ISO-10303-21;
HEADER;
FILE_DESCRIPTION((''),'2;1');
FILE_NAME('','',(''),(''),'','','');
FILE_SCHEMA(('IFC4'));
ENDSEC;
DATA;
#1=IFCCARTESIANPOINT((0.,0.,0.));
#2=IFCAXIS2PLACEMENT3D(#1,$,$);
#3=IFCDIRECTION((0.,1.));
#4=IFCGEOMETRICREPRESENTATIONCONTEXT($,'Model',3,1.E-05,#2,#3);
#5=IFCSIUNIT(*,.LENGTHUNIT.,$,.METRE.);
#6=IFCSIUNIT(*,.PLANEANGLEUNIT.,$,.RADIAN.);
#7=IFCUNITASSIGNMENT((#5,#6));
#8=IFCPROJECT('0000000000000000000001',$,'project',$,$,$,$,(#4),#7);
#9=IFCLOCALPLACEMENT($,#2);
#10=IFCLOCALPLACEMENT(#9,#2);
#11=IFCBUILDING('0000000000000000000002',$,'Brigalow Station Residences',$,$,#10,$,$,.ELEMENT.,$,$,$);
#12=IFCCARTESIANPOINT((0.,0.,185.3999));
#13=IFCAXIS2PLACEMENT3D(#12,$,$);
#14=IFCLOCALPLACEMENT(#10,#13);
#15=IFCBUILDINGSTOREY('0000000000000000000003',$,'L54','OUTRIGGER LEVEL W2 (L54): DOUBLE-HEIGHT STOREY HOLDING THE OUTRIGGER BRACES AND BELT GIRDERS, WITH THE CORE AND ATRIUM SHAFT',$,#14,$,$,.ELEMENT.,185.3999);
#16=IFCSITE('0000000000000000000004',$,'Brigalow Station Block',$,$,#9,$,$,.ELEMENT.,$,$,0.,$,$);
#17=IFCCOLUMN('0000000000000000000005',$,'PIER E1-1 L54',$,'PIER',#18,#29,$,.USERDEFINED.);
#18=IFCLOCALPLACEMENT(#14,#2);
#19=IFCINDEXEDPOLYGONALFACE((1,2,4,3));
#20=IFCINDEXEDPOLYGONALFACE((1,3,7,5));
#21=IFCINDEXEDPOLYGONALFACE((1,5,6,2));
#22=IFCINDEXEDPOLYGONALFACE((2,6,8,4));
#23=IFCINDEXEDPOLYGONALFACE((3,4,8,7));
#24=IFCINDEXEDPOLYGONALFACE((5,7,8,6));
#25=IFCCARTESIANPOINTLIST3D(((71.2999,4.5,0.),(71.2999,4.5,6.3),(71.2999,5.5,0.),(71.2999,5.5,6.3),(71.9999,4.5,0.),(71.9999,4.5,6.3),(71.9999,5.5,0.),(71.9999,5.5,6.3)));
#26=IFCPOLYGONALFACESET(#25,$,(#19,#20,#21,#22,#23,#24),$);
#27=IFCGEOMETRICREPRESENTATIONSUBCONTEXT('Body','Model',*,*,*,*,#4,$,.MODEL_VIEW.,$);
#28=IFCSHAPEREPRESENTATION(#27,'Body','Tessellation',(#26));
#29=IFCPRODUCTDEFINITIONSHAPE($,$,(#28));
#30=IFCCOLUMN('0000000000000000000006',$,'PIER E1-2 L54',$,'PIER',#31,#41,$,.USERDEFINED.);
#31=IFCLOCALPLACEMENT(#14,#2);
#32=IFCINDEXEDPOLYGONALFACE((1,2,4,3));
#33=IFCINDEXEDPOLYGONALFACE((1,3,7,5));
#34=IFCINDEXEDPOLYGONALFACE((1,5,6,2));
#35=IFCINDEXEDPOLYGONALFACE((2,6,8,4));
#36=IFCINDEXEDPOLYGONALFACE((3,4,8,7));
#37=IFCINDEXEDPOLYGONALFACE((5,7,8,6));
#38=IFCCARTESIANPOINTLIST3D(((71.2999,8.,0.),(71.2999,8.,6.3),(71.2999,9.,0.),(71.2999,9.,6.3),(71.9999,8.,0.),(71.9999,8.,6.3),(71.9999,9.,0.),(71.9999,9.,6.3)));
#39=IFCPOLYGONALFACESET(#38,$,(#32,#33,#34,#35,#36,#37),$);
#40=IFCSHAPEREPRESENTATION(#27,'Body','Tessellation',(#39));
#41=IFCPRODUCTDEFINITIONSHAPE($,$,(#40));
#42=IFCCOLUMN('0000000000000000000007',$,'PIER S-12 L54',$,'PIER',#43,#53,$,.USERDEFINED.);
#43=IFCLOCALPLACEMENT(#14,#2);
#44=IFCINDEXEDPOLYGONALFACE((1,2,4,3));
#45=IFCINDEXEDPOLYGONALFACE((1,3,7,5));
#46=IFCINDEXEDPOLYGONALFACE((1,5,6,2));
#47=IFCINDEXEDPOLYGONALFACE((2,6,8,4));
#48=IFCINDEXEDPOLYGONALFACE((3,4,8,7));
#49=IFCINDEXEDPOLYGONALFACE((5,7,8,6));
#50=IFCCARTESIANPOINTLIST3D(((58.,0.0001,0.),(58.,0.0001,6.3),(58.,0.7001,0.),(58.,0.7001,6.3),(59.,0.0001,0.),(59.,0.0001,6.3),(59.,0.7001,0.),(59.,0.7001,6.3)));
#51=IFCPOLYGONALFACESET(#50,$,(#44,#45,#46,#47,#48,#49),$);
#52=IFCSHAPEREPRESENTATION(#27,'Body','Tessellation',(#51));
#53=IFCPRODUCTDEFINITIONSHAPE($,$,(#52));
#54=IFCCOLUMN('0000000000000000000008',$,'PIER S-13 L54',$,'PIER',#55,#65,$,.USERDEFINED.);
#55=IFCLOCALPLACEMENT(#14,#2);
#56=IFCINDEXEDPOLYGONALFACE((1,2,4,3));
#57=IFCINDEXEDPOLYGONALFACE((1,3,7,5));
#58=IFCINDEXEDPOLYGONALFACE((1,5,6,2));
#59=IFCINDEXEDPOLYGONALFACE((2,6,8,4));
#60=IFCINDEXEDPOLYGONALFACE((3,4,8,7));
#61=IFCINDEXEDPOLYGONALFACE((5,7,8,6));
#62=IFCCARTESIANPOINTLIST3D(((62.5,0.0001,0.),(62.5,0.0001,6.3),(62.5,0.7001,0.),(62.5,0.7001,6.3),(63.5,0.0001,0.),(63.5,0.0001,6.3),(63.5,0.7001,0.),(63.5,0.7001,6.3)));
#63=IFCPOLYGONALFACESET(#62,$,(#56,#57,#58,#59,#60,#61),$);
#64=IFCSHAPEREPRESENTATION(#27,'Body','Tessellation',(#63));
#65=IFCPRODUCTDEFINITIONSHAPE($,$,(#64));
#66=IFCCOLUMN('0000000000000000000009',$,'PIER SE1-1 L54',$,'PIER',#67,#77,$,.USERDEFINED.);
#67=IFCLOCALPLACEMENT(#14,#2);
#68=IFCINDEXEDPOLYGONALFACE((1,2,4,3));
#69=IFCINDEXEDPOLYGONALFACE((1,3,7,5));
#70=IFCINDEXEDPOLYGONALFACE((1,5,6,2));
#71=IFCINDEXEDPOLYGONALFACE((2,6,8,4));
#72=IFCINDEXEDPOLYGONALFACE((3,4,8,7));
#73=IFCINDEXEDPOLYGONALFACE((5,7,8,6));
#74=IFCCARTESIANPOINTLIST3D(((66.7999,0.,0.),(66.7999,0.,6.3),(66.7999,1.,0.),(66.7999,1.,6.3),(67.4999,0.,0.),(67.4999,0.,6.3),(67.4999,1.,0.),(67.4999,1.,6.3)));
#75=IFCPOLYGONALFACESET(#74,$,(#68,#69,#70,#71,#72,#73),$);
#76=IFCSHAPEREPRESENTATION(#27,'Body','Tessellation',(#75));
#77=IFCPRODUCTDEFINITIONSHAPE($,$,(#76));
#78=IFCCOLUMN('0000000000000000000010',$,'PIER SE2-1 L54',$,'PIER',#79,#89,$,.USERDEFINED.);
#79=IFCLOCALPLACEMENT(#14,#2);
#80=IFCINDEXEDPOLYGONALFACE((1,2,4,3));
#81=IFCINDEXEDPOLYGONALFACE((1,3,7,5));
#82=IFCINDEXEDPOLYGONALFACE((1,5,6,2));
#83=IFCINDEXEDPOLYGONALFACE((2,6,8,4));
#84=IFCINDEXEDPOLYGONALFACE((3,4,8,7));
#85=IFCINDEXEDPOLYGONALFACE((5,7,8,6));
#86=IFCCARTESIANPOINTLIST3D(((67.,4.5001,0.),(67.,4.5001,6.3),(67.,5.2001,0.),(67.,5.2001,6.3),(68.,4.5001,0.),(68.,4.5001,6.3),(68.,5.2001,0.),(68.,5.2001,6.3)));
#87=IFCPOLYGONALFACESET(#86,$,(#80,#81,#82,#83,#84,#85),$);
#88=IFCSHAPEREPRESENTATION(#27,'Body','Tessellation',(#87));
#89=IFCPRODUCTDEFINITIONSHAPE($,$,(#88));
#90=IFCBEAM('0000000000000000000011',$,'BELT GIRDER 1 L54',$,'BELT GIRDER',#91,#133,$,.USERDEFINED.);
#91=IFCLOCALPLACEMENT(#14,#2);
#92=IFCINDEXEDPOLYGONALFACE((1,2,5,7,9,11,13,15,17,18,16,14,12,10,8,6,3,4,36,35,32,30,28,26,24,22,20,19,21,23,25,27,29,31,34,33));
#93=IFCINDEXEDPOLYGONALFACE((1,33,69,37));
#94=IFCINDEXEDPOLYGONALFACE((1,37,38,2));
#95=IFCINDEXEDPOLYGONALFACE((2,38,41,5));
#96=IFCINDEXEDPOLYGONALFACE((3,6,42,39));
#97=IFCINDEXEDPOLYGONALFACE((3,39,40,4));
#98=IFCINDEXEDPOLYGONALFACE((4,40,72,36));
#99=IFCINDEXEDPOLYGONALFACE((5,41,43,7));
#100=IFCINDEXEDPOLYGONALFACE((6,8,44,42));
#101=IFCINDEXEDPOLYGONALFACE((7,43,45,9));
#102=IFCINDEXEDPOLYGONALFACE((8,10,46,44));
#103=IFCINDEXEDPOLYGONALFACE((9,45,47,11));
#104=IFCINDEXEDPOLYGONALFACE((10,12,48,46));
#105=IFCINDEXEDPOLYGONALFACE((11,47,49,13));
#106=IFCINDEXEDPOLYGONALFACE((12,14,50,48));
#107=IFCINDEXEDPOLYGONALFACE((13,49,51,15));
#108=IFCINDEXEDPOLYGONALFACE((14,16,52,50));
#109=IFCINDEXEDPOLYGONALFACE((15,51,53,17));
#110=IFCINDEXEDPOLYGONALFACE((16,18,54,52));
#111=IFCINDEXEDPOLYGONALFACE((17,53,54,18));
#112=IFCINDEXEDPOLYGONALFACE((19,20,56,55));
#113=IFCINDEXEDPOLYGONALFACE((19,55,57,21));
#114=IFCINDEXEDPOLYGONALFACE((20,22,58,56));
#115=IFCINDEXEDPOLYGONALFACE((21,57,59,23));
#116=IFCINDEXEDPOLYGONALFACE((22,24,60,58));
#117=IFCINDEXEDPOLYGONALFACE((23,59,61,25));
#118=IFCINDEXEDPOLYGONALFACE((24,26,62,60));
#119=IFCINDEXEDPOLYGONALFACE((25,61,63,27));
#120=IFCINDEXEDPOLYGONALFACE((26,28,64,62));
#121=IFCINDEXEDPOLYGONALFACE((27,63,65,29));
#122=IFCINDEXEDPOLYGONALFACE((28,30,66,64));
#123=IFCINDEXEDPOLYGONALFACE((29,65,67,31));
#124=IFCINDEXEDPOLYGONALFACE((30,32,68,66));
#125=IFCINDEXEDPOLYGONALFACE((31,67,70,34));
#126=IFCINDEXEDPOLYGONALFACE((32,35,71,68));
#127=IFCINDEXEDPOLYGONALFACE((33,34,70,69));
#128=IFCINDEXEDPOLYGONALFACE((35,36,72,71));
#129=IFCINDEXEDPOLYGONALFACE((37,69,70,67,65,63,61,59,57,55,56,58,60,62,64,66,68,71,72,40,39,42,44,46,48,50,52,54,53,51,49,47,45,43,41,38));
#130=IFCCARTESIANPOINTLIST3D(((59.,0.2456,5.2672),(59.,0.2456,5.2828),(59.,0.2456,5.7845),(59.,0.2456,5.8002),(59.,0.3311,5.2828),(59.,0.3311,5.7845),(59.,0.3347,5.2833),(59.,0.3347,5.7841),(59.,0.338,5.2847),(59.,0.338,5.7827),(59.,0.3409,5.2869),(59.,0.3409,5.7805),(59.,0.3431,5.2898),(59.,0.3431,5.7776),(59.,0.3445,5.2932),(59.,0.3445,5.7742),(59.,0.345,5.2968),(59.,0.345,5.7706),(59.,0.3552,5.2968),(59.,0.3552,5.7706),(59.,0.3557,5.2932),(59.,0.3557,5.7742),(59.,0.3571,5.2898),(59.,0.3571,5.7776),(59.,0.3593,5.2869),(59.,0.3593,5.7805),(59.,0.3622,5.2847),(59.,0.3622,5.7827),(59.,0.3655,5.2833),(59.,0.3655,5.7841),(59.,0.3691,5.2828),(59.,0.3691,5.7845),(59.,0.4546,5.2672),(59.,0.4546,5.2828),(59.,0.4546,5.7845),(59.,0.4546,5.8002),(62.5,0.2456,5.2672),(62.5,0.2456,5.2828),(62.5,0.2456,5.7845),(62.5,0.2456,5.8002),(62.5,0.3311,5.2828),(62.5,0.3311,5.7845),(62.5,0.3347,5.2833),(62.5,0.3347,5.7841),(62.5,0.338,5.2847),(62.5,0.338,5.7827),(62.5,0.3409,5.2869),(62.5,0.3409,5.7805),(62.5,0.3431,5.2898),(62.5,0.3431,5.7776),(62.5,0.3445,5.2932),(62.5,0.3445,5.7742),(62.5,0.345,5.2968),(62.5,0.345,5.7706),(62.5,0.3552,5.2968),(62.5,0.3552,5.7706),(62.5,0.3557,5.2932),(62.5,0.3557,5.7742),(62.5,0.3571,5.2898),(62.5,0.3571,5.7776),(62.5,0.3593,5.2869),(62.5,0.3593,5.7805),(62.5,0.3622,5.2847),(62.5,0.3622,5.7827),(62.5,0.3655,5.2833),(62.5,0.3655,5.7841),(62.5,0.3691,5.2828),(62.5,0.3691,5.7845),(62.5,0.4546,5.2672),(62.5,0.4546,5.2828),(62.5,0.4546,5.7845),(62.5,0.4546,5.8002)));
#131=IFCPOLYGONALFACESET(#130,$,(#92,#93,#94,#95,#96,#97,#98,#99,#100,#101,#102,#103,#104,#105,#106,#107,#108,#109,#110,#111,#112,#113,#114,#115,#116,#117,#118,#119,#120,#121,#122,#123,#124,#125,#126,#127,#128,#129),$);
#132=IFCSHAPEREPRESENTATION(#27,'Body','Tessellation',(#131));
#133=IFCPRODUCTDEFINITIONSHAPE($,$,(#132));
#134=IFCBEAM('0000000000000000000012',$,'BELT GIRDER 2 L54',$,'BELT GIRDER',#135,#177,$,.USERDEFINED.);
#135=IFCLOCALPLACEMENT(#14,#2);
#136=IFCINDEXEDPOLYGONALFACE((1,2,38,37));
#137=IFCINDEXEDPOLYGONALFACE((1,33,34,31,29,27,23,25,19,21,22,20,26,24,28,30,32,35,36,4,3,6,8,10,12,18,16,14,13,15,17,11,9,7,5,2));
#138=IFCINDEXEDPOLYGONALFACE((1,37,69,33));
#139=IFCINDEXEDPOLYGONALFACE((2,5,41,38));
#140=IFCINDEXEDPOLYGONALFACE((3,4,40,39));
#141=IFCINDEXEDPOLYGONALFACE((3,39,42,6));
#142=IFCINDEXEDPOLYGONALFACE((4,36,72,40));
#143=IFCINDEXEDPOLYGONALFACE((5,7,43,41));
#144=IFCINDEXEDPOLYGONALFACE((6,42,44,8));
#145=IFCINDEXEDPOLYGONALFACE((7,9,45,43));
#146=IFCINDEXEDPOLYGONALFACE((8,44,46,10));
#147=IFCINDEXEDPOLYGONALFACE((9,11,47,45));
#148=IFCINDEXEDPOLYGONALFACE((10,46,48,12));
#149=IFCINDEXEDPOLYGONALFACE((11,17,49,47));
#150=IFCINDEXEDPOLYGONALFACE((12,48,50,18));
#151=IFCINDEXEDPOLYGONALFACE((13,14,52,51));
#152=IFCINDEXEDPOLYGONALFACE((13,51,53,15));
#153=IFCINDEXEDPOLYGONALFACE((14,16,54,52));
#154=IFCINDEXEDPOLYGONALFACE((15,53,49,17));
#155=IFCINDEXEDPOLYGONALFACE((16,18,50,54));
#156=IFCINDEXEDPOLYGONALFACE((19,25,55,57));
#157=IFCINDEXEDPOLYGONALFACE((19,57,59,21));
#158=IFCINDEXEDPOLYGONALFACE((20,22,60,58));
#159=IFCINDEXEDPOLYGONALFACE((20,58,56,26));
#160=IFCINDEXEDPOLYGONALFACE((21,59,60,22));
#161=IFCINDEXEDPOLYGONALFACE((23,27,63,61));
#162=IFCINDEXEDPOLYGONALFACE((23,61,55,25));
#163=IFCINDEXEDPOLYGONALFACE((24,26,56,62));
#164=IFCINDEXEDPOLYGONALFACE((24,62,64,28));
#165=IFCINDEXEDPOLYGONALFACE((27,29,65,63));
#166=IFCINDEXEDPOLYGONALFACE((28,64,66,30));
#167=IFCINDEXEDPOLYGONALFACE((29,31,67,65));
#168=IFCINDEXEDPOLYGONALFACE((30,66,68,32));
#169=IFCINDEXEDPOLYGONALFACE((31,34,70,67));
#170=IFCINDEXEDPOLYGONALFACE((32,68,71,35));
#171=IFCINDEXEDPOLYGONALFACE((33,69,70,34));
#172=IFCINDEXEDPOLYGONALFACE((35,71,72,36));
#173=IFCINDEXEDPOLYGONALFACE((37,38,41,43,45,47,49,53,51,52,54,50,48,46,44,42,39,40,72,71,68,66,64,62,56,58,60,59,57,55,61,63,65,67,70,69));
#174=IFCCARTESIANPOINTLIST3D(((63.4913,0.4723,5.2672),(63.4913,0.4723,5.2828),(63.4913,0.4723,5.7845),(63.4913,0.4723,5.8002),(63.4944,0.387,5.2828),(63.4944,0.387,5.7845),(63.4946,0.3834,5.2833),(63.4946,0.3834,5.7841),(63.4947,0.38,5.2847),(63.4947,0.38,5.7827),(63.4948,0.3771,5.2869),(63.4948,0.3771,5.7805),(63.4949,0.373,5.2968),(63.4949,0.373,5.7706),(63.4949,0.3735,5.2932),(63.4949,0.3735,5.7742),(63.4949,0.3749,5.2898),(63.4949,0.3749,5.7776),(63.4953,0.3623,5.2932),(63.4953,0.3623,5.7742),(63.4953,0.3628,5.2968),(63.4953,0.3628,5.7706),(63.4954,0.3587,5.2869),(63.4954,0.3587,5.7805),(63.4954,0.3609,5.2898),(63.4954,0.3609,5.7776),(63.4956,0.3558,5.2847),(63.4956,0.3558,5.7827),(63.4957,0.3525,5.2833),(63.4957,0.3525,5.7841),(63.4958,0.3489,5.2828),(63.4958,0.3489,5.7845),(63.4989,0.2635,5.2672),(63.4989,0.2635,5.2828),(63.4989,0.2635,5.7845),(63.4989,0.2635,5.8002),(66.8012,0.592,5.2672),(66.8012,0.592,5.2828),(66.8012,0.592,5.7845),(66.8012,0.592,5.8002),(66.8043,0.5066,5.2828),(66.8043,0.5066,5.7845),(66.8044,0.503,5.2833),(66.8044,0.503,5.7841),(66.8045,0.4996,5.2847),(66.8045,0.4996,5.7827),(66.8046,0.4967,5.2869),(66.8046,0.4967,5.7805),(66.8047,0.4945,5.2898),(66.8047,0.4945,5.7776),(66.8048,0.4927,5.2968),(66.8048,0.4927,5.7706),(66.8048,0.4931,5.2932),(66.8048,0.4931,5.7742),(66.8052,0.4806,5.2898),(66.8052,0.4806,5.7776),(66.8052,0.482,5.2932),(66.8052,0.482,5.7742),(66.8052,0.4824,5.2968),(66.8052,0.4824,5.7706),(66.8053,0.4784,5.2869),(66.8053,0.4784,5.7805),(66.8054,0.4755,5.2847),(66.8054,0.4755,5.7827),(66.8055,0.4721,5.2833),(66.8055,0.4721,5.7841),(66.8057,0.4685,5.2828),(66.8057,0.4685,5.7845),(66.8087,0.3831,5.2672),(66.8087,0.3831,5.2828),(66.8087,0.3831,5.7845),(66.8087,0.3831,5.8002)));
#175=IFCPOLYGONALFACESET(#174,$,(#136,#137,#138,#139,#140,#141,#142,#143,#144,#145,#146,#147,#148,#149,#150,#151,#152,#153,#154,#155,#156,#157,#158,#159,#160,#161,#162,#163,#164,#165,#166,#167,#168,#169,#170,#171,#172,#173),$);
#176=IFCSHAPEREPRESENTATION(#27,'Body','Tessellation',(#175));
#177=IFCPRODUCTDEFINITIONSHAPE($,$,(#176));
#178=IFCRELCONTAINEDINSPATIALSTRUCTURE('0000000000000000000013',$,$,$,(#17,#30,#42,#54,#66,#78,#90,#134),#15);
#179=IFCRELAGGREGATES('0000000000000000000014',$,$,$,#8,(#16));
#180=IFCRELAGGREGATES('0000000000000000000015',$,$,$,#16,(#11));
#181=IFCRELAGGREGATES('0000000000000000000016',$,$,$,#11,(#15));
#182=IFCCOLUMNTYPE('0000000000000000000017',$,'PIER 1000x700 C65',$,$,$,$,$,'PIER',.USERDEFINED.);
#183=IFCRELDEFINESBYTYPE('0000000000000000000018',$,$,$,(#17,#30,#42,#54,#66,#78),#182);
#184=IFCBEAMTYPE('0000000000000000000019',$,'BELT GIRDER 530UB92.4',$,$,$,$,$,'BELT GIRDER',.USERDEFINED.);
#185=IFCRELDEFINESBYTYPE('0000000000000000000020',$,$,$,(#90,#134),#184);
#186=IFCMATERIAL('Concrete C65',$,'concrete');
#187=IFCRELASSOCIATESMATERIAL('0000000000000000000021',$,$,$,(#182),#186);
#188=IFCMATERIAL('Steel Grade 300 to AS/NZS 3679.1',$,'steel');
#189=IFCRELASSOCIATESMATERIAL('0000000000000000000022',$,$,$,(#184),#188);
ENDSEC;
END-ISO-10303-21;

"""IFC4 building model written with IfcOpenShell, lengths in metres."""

from ifc_helpers import new_model, si_unit, direction, frame, origin, origin_2d, place, context, subcontext, project, spatial, rectangle, i_section, extrude, material, material_profile, profile_set, type_object, element, save


model = new_model("IFC4")

# Units and contexts
model_context = context("Model", 3, precision=1e-05, world=origin(), true_north=direction((0.0, 1.0)))
body_context = subcontext(model_context, "Body", "Model", "MODEL_VIEW")
ifc_project = project(units=[si_unit("LENGTHUNIT", "METRE"), si_unit("PLANEANGLEUNIT", "RADIAN")], contexts=[model_context])

# Site, building, storey
site_placement = place(None, origin())
site = spatial("IfcSite", under=ifc_project, at=site_placement, Name="Brigalow Station Block", CompositionType="ELEMENT", RefElevation=0.0)
building_placement = place(site_placement, origin())
building = spatial("IfcBuilding", under=site, at=building_placement, Name="Brigalow Station Residences", CompositionType="ELEMENT")
storey_placement = place(building_placement, frame((0.0, 0.0, 185.3999)))
storey = spatial("IfcBuildingStorey", under=building, at=storey_placement, Name="L54", Description="OUTRIGGER LEVEL W2 (L54): DOUBLE-HEIGHT STOREY HOLDING THE OUTRIGGER BRACES AND BELT GIRDERS, WITH THE CORE AND ATRIUM SHAFT", CompositionType="ELEMENT", Elevation=185.3999)

# Columns
ifc_material_1 = material(Name="Concrete C65", Category="concrete")
ifc_material_profile_1 = material_profile(ifc_material_1, rectangle(XDim=1.0, YDim=0.7, at=origin_2d()), Name="RC1000x700")
ifc_profile_set_1 = profile_set([ifc_material_profile_1], Name="Concrete C65")
column_type = type_object("IfcColumnType", Name="PIER 1000x700 C65", ElementType="PIER", PredefinedType="USERDEFINED", material=ifc_profile_set_1)
for number, where, z_axis, x_axis, name in (
    (1, (71.6499, 5.0, 0.0), (0.0, 0.0, 1.0), (0.0, 1.0, 0.0), "PIER E1-1 L54"),
    (2, (71.6499, 8.5, 0.0), (0.0, 0.0, 1.0), (0.0, 1.0, 0.0), "PIER E1-2 L54"),
    (3, (58.5, 0.3501, 0.0), (0.0, 0.0, 1.0), (1.0, 0.0, 0.0), "PIER S-12 L54"),
    (4, (63.0, 0.3501, 0.0), (0.0, 0.0, 1.0), (1.0, 0.0, 0.0), "PIER S-13 L54"),
    (5, (67.1499, 0.5, 0.0), (0.0, 0.0, 1.0), (0.0, 1.0, 0.0), "PIER SE1-1 L54"),
    (6, (67.5, 4.8501, 0.0), (0.0, 0.0, 1.0), (1.0, 0.0, 0.0), "PIER SE2-1 L54"),
):
    element("IfcColumn", number, at=place(storey_placement, frame(where, z_axis=z_axis, x_axis=x_axis)), inside=storey, type_object=column_type, Name=name, ObjectType="PIER", PredefinedType="USERDEFINED", context=body_context, shape_type="SweptSolid", body=[
        extrude(rectangle(XDim=1.0, YDim=0.7, at=origin_2d()), origin(), (0.0, 0.0, 1.0), 6.3),
    ])

# Beams
ifc_material_2 = material(Name="Steel Grade 300 to AS/NZS 3679.1", Category="steel")
ifc_material_profile_2 = material_profile(ifc_material_2, i_section(OverallWidth=0.209, OverallDepth=0.533, WebThickness=0.0103, FlangeThickness=0.0156, FilletRadius=0.0139, at=origin_2d()), Name="530UB92.4")
ifc_profile_set_2 = profile_set([ifc_material_profile_2], Name="Steel Grade 300 to AS/NZS 3679.1")
beam_type = type_object("IfcBeamType", Name="BELT GIRDER 530UB92.4", ElementType="BELT GIRDER", PredefinedType="USERDEFINED", material=ifc_profile_set_2)
beam_1_placement = place(storey_placement, frame((59.0, 0.3501, 5.5337), z_axis=(1.0, 0.0, 0.0), x_axis=(0.0, 1.0, 0.0)))
element("IfcBeam", 7, at=beam_1_placement, inside=storey, type_object=beam_type, Name="BELT GIRDER 1 L54", ObjectType="BELT GIRDER", PredefinedType="USERDEFINED", context=body_context, shape_type="SweptSolid", body=[
    extrude(i_section(OverallWidth=0.209, OverallDepth=0.533, WebThickness=0.0103, FlangeThickness=0.0156, FilletRadius=0.0139, at=origin_2d()), origin(), (0.0, 0.0, 1.0), 3.5),
])
beam_2_placement = place(storey_placement, frame((63.4951, 0.3679, 5.5337), z_axis=(0.999347, 0.03612, 0.0), x_axis=(-0.03612, 0.999347, 0.0)))
element("IfcBeam", 8, at=beam_2_placement, inside=storey, type_object=beam_type, Name="BELT GIRDER 2 L54", ObjectType="BELT GIRDER", PredefinedType="USERDEFINED", context=body_context, shape_type="SweptSolid", body=[
    extrude(i_section(OverallWidth=0.209, OverallDepth=0.533, WebThickness=0.0103, FlangeThickness=0.0156, FilletRadius=0.0139, at=origin_2d()), origin(), (0.0, 0.0, 1.0), 3.312),
])

save(model, "model.ifc")
